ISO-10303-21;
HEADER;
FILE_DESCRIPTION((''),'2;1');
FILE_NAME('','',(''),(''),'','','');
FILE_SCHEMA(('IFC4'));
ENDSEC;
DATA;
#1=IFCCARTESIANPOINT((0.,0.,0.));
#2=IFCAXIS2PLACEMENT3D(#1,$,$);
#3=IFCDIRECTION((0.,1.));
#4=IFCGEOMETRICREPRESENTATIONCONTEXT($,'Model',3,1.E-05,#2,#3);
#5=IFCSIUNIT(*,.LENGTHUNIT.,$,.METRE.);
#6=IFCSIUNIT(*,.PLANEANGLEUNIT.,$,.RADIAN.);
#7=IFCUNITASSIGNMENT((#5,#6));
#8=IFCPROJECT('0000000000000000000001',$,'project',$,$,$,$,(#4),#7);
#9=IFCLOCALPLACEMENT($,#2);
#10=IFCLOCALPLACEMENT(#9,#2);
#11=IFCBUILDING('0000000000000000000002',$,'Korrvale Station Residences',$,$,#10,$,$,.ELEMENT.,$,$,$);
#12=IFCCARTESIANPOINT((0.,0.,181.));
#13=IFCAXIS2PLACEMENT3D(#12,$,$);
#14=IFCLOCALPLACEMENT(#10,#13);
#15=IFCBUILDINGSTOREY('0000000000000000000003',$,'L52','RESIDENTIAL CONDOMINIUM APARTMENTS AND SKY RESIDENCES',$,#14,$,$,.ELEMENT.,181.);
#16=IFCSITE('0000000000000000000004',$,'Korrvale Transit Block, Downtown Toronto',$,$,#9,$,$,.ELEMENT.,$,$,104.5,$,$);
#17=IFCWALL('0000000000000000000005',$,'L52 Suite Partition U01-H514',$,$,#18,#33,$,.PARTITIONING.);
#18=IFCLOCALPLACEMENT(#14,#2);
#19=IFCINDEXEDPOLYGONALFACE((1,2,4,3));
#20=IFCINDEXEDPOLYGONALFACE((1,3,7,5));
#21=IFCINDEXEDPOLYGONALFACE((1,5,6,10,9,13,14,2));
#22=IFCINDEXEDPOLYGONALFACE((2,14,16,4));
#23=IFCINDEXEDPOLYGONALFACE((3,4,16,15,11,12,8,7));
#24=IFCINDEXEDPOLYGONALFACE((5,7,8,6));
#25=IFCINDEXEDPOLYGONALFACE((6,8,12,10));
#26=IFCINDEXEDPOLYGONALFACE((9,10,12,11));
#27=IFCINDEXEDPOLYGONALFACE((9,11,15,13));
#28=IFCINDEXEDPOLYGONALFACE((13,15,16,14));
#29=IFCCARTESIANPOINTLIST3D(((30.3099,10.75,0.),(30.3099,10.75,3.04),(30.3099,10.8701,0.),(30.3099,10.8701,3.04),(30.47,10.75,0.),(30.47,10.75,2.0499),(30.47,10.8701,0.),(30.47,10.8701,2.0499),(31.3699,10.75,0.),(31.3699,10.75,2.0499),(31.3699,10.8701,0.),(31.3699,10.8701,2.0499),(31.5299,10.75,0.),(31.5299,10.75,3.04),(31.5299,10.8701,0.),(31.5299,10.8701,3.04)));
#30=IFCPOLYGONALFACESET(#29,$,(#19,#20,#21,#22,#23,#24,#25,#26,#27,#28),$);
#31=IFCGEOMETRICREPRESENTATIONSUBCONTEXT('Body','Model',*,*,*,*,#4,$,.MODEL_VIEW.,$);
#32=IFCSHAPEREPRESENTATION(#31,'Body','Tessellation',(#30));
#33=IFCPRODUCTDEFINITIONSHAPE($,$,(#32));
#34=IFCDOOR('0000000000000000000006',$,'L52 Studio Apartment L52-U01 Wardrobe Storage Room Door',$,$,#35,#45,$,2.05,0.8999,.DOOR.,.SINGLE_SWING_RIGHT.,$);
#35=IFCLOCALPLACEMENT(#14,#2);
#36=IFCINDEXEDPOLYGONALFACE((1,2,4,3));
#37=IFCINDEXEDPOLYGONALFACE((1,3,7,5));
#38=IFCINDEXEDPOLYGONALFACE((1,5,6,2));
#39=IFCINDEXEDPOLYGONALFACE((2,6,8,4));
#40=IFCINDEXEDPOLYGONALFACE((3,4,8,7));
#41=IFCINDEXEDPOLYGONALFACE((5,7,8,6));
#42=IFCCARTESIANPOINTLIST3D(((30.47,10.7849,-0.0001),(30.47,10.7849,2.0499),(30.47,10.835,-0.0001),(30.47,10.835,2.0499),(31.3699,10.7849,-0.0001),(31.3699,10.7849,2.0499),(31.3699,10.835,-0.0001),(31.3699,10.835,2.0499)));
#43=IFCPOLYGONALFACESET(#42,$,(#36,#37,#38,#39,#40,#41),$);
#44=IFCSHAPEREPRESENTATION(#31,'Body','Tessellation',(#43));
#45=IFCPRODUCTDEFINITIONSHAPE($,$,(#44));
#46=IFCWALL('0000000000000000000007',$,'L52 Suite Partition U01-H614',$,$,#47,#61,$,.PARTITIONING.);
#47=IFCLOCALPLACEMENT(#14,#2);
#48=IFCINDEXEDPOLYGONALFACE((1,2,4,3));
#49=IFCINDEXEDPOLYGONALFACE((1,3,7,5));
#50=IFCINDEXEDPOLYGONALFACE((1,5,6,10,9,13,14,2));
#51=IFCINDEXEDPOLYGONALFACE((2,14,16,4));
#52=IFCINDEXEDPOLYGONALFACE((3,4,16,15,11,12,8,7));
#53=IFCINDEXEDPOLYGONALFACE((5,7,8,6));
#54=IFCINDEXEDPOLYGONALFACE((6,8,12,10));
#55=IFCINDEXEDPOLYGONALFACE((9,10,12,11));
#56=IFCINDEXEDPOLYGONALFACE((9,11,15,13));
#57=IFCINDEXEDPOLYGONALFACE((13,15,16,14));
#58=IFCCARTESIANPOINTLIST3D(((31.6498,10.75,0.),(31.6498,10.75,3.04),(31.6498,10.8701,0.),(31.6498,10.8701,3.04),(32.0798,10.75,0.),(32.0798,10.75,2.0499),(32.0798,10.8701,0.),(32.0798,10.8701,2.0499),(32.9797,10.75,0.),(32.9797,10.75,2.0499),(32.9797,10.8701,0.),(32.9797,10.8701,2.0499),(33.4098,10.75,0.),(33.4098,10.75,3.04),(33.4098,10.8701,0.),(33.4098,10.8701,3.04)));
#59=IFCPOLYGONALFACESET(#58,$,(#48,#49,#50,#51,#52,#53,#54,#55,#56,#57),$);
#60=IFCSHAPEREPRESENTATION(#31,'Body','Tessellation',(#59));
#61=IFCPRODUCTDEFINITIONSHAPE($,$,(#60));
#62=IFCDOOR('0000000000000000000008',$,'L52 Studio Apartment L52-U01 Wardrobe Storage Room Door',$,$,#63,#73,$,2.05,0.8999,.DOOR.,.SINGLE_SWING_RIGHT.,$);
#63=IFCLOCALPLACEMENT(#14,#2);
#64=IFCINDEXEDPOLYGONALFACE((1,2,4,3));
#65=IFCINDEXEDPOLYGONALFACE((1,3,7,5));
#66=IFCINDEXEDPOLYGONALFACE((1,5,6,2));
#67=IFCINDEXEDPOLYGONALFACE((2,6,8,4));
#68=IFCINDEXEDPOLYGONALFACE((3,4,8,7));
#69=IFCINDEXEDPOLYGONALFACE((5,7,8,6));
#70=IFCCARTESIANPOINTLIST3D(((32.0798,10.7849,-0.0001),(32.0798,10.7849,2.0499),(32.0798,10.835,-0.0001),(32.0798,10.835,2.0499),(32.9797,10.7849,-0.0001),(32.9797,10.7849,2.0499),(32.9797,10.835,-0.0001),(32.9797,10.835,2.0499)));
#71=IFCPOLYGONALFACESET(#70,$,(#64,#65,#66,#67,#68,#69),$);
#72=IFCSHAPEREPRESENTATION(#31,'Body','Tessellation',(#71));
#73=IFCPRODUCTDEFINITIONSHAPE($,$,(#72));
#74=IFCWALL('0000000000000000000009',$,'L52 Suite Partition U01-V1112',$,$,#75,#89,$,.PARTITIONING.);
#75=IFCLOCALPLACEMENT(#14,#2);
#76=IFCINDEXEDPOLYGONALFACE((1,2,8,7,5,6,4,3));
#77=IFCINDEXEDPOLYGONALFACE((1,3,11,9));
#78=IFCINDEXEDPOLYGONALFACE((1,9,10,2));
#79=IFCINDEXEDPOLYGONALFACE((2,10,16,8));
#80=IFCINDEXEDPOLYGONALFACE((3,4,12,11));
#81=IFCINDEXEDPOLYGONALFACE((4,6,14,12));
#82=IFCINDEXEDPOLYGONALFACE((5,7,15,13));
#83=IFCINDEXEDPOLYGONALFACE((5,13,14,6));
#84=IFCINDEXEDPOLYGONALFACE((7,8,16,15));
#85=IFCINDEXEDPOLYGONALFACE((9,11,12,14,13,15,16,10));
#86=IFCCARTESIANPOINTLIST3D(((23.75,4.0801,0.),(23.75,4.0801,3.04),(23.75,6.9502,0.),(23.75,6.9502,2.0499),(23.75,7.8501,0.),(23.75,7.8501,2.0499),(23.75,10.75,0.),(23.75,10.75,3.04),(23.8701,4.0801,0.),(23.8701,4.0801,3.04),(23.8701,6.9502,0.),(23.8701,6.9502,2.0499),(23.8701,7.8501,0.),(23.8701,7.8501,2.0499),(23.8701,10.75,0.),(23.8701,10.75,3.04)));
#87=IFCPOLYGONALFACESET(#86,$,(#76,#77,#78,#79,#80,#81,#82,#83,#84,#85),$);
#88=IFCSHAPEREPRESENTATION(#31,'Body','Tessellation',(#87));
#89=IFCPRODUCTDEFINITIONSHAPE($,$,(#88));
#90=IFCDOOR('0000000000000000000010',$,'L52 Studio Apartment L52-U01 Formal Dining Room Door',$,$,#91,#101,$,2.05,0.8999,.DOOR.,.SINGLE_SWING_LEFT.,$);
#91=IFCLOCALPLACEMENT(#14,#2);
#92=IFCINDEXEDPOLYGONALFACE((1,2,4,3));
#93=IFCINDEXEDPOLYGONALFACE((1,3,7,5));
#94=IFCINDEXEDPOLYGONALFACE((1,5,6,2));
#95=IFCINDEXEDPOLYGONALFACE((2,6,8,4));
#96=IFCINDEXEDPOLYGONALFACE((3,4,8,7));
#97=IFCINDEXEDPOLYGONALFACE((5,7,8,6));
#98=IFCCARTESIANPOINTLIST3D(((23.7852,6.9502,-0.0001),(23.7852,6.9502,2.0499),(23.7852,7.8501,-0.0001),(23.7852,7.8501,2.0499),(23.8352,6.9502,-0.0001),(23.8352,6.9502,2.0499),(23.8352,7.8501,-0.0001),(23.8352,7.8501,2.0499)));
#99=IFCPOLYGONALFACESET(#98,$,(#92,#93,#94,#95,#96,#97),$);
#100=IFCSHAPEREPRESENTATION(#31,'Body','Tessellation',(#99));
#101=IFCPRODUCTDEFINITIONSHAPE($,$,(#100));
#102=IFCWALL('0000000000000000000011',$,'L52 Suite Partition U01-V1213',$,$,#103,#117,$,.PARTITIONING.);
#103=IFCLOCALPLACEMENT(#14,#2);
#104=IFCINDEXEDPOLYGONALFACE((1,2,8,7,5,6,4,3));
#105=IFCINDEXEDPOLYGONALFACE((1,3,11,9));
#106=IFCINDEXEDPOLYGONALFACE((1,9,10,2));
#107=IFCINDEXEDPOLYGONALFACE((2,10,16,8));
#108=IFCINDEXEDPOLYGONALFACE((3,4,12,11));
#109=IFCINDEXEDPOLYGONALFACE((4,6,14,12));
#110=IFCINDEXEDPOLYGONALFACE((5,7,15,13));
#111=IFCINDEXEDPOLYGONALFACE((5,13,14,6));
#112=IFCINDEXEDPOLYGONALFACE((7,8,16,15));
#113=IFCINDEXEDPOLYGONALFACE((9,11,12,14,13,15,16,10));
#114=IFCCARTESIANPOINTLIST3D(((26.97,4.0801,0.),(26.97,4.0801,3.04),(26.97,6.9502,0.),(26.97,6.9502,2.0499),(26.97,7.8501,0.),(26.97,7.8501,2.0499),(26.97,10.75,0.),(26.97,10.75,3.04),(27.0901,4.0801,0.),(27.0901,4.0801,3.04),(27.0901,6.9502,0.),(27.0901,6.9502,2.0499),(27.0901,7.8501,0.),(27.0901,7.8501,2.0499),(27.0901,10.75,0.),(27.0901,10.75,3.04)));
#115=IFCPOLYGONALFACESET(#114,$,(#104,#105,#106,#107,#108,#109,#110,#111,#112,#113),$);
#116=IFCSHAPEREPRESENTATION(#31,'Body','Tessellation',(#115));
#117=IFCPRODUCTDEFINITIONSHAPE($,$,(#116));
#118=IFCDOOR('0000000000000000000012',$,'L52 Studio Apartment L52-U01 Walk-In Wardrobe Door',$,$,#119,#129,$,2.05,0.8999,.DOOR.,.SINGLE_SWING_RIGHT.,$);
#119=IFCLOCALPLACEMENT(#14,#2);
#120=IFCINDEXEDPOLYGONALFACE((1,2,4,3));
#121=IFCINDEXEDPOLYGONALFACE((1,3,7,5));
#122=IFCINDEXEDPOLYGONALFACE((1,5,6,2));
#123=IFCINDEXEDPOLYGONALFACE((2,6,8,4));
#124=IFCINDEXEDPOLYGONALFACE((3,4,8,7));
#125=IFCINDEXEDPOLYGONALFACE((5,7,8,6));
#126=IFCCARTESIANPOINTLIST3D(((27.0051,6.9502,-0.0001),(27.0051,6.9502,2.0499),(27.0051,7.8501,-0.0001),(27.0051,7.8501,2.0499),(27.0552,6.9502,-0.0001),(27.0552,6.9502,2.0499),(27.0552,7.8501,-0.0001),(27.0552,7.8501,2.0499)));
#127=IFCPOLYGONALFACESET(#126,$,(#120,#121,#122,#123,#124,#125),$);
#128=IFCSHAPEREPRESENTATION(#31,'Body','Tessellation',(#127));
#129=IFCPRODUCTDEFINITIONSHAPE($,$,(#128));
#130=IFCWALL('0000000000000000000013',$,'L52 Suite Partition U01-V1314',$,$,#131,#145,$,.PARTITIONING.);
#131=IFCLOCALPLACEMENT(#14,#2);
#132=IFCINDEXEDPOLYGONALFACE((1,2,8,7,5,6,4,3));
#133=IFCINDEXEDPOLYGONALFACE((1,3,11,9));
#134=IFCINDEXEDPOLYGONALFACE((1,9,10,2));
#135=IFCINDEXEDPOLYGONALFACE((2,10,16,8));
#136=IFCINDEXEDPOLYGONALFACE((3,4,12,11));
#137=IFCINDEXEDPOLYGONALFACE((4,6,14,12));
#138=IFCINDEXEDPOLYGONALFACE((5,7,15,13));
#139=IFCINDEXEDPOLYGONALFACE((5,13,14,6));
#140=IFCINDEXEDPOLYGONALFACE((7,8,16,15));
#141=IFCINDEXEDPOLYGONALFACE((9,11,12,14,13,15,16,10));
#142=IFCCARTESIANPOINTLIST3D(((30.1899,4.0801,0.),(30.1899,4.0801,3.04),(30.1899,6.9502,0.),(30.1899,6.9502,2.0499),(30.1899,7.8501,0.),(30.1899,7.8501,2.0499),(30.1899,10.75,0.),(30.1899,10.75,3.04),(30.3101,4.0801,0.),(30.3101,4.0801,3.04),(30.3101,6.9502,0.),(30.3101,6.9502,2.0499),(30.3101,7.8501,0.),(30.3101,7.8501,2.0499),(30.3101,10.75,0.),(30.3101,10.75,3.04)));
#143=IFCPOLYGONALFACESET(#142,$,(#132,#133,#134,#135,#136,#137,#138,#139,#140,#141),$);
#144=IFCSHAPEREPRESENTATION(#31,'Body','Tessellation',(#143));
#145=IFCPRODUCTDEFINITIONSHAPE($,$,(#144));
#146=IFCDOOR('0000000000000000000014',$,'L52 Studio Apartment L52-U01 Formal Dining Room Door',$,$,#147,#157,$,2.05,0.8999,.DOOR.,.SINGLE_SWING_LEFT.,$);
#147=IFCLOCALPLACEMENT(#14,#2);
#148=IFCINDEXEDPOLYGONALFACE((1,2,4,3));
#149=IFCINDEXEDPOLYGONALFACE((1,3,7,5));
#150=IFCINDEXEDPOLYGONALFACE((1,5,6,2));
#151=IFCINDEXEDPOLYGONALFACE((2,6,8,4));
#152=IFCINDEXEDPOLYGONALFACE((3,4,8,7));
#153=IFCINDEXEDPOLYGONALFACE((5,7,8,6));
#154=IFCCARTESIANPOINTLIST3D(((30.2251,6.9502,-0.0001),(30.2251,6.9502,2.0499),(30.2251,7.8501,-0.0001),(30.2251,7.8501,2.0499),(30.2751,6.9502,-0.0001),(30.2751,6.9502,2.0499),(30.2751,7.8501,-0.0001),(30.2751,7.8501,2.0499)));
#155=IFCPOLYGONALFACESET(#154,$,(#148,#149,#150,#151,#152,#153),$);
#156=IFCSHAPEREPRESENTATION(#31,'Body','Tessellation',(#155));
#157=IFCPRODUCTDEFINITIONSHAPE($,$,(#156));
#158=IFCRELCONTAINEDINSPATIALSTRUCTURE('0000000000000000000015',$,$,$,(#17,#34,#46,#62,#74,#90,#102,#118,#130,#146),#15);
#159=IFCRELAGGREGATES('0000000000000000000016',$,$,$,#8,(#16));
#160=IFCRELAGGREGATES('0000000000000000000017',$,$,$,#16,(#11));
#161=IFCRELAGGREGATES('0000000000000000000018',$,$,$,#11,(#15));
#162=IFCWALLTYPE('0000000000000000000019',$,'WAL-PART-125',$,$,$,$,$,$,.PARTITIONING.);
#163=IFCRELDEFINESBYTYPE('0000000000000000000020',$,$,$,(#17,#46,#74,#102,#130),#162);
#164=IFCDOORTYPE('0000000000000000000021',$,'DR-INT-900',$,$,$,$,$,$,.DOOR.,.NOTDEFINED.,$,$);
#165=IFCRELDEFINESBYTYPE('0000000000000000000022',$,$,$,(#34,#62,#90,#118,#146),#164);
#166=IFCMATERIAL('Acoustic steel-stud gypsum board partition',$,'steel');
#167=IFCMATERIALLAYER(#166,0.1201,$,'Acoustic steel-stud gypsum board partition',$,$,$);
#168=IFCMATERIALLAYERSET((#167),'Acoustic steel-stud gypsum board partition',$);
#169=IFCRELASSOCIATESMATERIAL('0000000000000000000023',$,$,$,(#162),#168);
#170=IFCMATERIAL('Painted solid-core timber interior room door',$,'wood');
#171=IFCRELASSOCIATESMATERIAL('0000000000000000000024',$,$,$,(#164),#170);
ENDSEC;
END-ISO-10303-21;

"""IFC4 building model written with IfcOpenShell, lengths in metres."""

from ifc_helpers import new_model, si_unit, direction, frame, frame_2d, origin, place, context, subcontext, project, spatial, rectangle, extrude, material, layer, layer_set, type_object, element, fill, save


model = new_model("IFC4")

# Units and contexts
model_context = context("Model", 3, precision=1e-05, world=origin(), true_north=direction((0.0, 1.0)))
body_context = subcontext(model_context, "Body", "Model", "MODEL_VIEW")
ifc_project = project(units=[si_unit("LENGTHUNIT", "METRE"), si_unit("PLANEANGLEUNIT", "RADIAN")], contexts=[model_context])

# Site, building, storey
site_placement = place(None, origin())
site = spatial("IfcSite", under=ifc_project, at=site_placement, Name="Korrvale Transit Block, Downtown Toronto", CompositionType="ELEMENT", RefElevation=104.5)
building_placement = place(site_placement, origin())
building = spatial("IfcBuilding", under=site, at=building_placement, Name="Korrvale Station Residences", CompositionType="ELEMENT")
storey_placement = place(building_placement, frame((0.0, 0.0, 181.0)))
storey = spatial("IfcBuildingStorey", under=building, at=storey_placement, Name="L52", Description="RESIDENTIAL CONDOMINIUM APARTMENTS AND SKY RESIDENCES", CompositionType="ELEMENT", Elevation=181.0)

# Shared definitions
ifc_material_1 = material(Name="Acoustic steel-stud gypsum board partition", Category="steel")
ifc_layer_1 = layer(ifc_material_1, 0.1201, Name="Acoustic steel-stud gypsum board partition")
ifc_layer_set_1 = layer_set([ifc_layer_1], Name="Acoustic steel-stud gypsum board partition")
wall_type_1 = type_object("IfcWallType", Name="WAL-PART-125", PredefinedType="PARTITIONING", material=ifc_layer_set_1)
ifc_material_2 = material(Name="Painted solid-core timber interior room door", Category="wood")
door_type = type_object("IfcDoorType", Name="DR-INT-900", OperationType="NOTDEFINED", PredefinedType="DOOR", material=ifc_material_2)

# Walls, openings, doors
wall_1_placement = place(storey_placement, frame((30.3101, 10.8101, 0.0), z_axis=(0.0, 0.0, 1.0), x_axis=(1.0, 0.0, 0.0)))
wall_1 = element("IfcWall", 1, at=wall_1_placement, inside=storey, type_object=wall_type_1, Name="L52 Suite Partition U01-H514", PredefinedType="PARTITIONING", context=body_context, shape_type="SweptSolid", body=[
    extrude(rectangle(XDim=1.22, YDim=0.1201, at=frame_2d((0.6099, 0.0))), origin(), (0.0, 0.0, 1.0), 3.04),
])
opening_1_placement = place(wall_1_placement, frame((0.1599, 0.0, 0.0)))
opening_1 = element("IfcOpeningElement", 2, at=opening_1_placement, cuts=wall_1, PredefinedType="OPENING", context=body_context, shape_type="SweptSolid", body=[
    extrude(rectangle(XDim=0.8999, YDim=2.05, at=frame_2d((0.45, 1.0249))), frame((0.0, 0.0701, 0.0), z_axis=(0.0, -1.0, 0.0), x_axis=(1.0, 0.0, 0.0)), (0.0, 0.0, 1.0), 0.1401),
])
door_1_placement = place(opening_1_placement, origin())
door_1 = element("IfcDoor", 3, at=door_1_placement, inside=storey, type_object=door_type, Name="L52 Studio Apartment L52-U01 Wardrobe Storage Room Door", OperationType="SINGLE_SWING_RIGHT", OverallHeight=2.05, OverallWidth=0.8999, PredefinedType="DOOR", context=body_context, shape_type="SweptSolid", body=[
    extrude(rectangle(XDim=0.8999, YDim=2.05, at=frame_2d((0.45, 1.0249))), frame((0.0, 0.0249, 0.0), z_axis=(0.0, -1.0, 0.0), x_axis=(1.0, 0.0, 0.0)), (0.0, 0.0, 1.0), 0.05),
])
fill(opening_1, door_1)
wall_2_placement = place(storey_placement, frame((31.6499, 10.8101, 0.0), z_axis=(0.0, 0.0, 1.0), x_axis=(1.0, 0.0, 0.0)))
wall_2 = element("IfcWall", 4, at=wall_2_placement, inside=storey, type_object=wall_type_1, Name="L52 Suite Partition U01-H614", PredefinedType="PARTITIONING", context=body_context, shape_type="SweptSolid", body=[
    extrude(rectangle(XDim=1.76, YDim=0.1201, at=frame_2d((0.8799, 0.0))), origin(), (0.0, 0.0, 1.0), 3.04),
])
opening_2_placement = place(wall_2_placement, frame((0.4299, 0.0, 0.0)))
opening_2 = element("IfcOpeningElement", 5, at=opening_2_placement, cuts=wall_2, PredefinedType="OPENING", context=body_context, shape_type="SweptSolid", body=[
    extrude(rectangle(XDim=0.8999, YDim=2.05, at=frame_2d((0.45, 1.0249))), frame((0.0, 0.0701, 0.0), z_axis=(0.0, -1.0, 0.0), x_axis=(1.0, 0.0, 0.0)), (0.0, 0.0, 1.0), 0.1401),
])
door_2_placement = place(opening_2_placement, origin())
door_2 = element("IfcDoor", 6, at=door_2_placement, inside=storey, type_object=door_type, Name="L52 Studio Apartment L52-U01 Wardrobe Storage Room Door", OperationType="SINGLE_SWING_RIGHT", OverallHeight=2.05, OverallWidth=0.8999, PredefinedType="DOOR", context=body_context, shape_type="SweptSolid", body=[
    extrude(rectangle(XDim=0.8999, YDim=2.05, at=frame_2d((0.45, 1.0249))), frame((0.0, 0.0249, 0.0), z_axis=(0.0, -1.0, 0.0), x_axis=(1.0, 0.0, 0.0)), (0.0, 0.0, 1.0), 0.05),
])
fill(opening_2, door_2)
wall_3_placement = place(storey_placement, frame((23.8101, 4.0801, 0.0), z_axis=(0.0, 0.0, 1.0), x_axis=(0.0, 1.0, 0.0)))
wall_3 = element("IfcWall", 7, at=wall_3_placement, inside=storey, type_object=wall_type_1, Name="L52 Suite Partition U01-V1112", PredefinedType="PARTITIONING", context=body_context, shape_type="SweptSolid", body=[
    extrude(rectangle(XDim=6.6699, YDim=0.1201, at=frame_2d((3.335, 0.0))), origin(), (0.0, 0.0, 1.0), 3.04),
])
opening_3_placement = place(wall_3_placement, frame((2.8701, 0.0, 0.0)))
opening_3 = element("IfcOpeningElement", 8, at=opening_3_placement, cuts=wall_3, PredefinedType="OPENING", context=body_context, shape_type="SweptSolid", body=[
    extrude(rectangle(XDim=0.8999, YDim=2.05, at=frame_2d((0.45, 1.0249))), frame((0.0, 0.0701, 0.0), z_axis=(0.0, -1.0, 0.0), x_axis=(1.0, 0.0, 0.0)), (0.0, 0.0, 1.0), 0.1401),
])
door_3_placement = place(opening_3_placement, origin())
door_3 = element("IfcDoor", 9, at=door_3_placement, inside=storey, type_object=door_type, Name="L52 Studio Apartment L52-U01 Formal Dining Room Door", OperationType="SINGLE_SWING_LEFT", OverallHeight=2.05, OverallWidth=0.8999, PredefinedType="DOOR", context=body_context, shape_type="SweptSolid", body=[
    extrude(rectangle(XDim=0.8999, YDim=2.05, at=frame_2d((0.45, 1.0249))), frame((0.0, 0.0249, 0.0), z_axis=(0.0, -1.0, 0.0), x_axis=(1.0, 0.0, 0.0)), (0.0, 0.0, 1.0), 0.05),
])
fill(opening_3, door_3)
wall_4_placement = place(storey_placement, frame((27.03, 4.0801, 0.0), z_axis=(0.0, 0.0, 1.0), x_axis=(0.0, 1.0, 0.0)))
wall_4 = element("IfcWall", 10, at=wall_4_placement, inside=storey, type_object=wall_type_1, Name="L52 Suite Partition U01-V1213", PredefinedType="PARTITIONING", context=body_context, shape_type="SweptSolid", body=[
    extrude(rectangle(XDim=6.6699, YDim=0.1201, at=frame_2d((3.335, 0.0))), origin(), (0.0, 0.0, 1.0), 3.04),
])
opening_4_placement = place(wall_4_placement, frame((2.8701, 0.0, 0.0)))
opening_4 = element("IfcOpeningElement", 11, at=opening_4_placement, cuts=wall_4, PredefinedType="OPENING", context=body_context, shape_type="SweptSolid", body=[
    extrude(rectangle(XDim=0.8999, YDim=2.05, at=frame_2d((0.45, 1.0249))), frame((0.0, 0.0701, 0.0), z_axis=(0.0, -1.0, 0.0), x_axis=(1.0, 0.0, 0.0)), (0.0, 0.0, 1.0), 0.1401),
])
door_4_placement = place(opening_4_placement, origin())
door_4 = element("IfcDoor", 12, at=door_4_placement, inside=storey, type_object=door_type, Name="L52 Studio Apartment L52-U01 Walk-In Wardrobe Door", OperationType="SINGLE_SWING_RIGHT", OverallHeight=2.05, OverallWidth=0.8999, PredefinedType="DOOR", context=body_context, shape_type="SweptSolid", body=[
    extrude(rectangle(XDim=0.8999, YDim=2.05, at=frame_2d((0.45, 1.0249))), frame((0.0, 0.0249, 0.0), z_axis=(0.0, -1.0, 0.0), x_axis=(1.0, 0.0, 0.0)), (0.0, 0.0, 1.0), 0.05),
])
fill(opening_4, door_4)
wall_5_placement = place(storey_placement, frame((30.25, 4.0801, 0.0), z_axis=(0.0, 0.0, 1.0), x_axis=(0.0, 1.0, 0.0)))
wall_5 = element("IfcWall", 13, at=wall_5_placement, inside=storey, type_object=wall_type_1, Name="L52 Suite Partition U01-V1314", PredefinedType="PARTITIONING", context=body_context, shape_type="SweptSolid", body=[
    extrude(rectangle(XDim=6.6699, YDim=0.1201, at=frame_2d((3.335, 0.0))), origin(), (0.0, 0.0, 1.0), 3.04),
])
opening_5_placement = place(wall_5_placement, frame((2.8701, 0.0, 0.0)))
opening_5 = element("IfcOpeningElement", 14, at=opening_5_placement, cuts=wall_5, PredefinedType="OPENING", context=body_context, shape_type="SweptSolid", body=[
    extrude(rectangle(XDim=0.8999, YDim=2.05, at=frame_2d((0.45, 1.0249))), frame((0.0, 0.0701, 0.0), z_axis=(0.0, -1.0, 0.0), x_axis=(1.0, 0.0, 0.0)), (0.0, 0.0, 1.0), 0.1401),
])
door_5_placement = place(opening_5_placement, origin())
door_5 = element("IfcDoor", 15, at=door_5_placement, inside=storey, type_object=door_type, Name="L52 Studio Apartment L52-U01 Formal Dining Room Door", OperationType="SINGLE_SWING_LEFT", OverallHeight=2.05, OverallWidth=0.8999, PredefinedType="DOOR", context=body_context, shape_type="SweptSolid", body=[
    extrude(rectangle(XDim=0.8999, YDim=2.05, at=frame_2d((0.45, 1.0249))), frame((0.0, 0.0249, 0.0), z_axis=(0.0, -1.0, 0.0), x_axis=(1.0, 0.0, 0.0)), (0.0, 0.0, 1.0), 0.05),
])
fill(opening_5, door_5)

save(model, "model.ifc")
